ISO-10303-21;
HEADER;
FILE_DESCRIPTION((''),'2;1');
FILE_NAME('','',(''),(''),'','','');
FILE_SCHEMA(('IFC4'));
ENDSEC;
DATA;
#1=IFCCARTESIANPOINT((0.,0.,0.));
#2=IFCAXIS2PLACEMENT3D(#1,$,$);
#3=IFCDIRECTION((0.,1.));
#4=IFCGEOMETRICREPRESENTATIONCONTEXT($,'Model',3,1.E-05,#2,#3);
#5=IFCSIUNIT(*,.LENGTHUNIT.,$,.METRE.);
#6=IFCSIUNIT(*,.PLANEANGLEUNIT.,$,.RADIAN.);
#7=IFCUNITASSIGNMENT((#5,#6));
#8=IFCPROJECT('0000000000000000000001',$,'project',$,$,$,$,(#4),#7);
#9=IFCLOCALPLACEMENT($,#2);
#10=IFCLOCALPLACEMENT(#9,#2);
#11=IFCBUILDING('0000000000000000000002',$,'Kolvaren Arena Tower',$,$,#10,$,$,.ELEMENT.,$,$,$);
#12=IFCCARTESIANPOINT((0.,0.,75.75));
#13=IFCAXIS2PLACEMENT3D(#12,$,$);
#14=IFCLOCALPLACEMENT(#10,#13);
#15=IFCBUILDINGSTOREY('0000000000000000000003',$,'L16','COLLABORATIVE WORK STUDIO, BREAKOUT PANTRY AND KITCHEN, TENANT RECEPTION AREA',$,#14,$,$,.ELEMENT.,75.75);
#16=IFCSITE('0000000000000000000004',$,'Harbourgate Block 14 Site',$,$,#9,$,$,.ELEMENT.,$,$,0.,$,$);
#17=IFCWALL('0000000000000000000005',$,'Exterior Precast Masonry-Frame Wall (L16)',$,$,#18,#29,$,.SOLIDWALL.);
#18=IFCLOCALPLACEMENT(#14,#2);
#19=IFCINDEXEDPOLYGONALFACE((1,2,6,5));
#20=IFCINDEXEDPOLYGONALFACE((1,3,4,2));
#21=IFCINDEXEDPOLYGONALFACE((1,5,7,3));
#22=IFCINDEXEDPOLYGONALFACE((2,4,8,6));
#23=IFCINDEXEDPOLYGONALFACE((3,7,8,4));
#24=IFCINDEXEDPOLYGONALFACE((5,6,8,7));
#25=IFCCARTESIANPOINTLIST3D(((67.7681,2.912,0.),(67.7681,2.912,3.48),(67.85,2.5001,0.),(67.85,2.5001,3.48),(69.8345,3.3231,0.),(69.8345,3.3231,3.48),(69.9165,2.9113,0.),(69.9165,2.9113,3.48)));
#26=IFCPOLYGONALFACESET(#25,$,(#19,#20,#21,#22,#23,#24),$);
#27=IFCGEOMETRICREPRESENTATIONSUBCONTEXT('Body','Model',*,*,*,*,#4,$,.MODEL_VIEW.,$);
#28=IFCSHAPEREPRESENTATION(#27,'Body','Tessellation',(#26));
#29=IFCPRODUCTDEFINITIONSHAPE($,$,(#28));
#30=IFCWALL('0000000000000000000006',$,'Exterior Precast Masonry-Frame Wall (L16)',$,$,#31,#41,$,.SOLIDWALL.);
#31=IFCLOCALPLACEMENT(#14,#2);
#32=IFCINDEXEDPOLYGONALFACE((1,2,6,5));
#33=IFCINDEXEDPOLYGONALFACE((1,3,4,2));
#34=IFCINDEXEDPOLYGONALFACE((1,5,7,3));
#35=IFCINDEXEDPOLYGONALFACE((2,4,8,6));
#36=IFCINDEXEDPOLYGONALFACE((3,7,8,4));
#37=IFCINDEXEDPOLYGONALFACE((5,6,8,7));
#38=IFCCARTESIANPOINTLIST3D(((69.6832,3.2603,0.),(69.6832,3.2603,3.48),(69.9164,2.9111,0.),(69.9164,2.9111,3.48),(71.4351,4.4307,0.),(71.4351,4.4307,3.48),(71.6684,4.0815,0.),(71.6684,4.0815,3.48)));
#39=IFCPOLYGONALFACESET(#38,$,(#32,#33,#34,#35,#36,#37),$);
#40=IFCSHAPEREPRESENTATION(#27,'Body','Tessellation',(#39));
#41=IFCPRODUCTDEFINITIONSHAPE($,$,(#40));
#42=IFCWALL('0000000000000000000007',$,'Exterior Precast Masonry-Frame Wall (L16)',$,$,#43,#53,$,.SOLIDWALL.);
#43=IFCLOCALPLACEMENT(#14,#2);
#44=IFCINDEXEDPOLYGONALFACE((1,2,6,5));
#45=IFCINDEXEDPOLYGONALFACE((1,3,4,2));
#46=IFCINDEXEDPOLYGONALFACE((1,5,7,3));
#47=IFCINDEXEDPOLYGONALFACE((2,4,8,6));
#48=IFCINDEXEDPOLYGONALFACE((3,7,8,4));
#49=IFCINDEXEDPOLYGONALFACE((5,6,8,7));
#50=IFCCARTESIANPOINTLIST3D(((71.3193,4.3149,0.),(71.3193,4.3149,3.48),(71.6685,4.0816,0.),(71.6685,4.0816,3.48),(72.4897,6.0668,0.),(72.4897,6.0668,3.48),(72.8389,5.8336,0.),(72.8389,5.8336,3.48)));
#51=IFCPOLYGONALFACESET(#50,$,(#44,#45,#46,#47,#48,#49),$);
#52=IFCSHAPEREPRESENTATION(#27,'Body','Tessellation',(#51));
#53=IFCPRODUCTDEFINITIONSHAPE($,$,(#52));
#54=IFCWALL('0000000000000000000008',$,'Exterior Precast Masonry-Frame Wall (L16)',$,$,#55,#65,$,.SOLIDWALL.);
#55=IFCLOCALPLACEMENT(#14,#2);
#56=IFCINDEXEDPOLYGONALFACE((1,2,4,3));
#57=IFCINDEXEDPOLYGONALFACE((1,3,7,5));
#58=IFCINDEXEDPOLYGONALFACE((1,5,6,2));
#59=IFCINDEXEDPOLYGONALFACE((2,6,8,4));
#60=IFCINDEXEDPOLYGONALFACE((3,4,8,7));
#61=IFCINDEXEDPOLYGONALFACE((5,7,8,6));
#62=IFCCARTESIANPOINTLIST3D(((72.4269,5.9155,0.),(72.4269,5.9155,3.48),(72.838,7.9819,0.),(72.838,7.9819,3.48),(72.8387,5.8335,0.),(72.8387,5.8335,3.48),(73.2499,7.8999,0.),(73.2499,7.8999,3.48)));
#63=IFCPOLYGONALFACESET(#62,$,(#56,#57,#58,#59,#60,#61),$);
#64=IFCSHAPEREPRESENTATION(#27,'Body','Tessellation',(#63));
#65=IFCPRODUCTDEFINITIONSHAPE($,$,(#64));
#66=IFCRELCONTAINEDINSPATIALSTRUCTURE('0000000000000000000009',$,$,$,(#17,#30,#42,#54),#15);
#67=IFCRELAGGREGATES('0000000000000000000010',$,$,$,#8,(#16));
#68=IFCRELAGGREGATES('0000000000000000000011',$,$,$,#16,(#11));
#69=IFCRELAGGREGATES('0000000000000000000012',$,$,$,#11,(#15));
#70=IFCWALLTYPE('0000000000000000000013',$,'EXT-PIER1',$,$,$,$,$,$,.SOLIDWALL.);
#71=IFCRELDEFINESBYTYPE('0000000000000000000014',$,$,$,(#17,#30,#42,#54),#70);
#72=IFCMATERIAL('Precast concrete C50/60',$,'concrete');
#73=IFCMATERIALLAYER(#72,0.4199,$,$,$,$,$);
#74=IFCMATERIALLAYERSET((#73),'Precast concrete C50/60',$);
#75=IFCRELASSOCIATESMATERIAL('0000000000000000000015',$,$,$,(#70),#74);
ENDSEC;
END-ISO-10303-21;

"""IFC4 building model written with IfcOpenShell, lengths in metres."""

from ifc_helpers import new_model, si_unit, direction, frame, frame_2d, origin, place, context, subcontext, project, spatial, rectangle, extrude, material, layer, layer_set, type_object, element, save


model = new_model("IFC4")

# Units and contexts
model_context = context("Model", 3, precision=1e-05, world=origin(), true_north=direction((0.0, 1.0)))
body_context = subcontext(model_context, "Body", "Model", "MODEL_VIEW")
ifc_project = project(units=[si_unit("LENGTHUNIT", "METRE"), si_unit("PLANEANGLEUNIT", "RADIAN")], contexts=[model_context])

# Site, building, storey
site_placement = place(None, origin())
site = spatial("IfcSite", under=ifc_project, at=site_placement, Name="Harbourgate Block 14 Site", CompositionType="ELEMENT", RefElevation=0.0)
building_placement = place(site_placement, origin())
building = spatial("IfcBuilding", under=site, at=building_placement, Name="Kolvaren Arena Tower", CompositionType="ELEMENT")
storey_placement = place(building_placement, frame((0.0, 0.0, 75.75)))
storey = spatial("IfcBuildingStorey", under=building, at=storey_placement, Name="L16", Description="COLLABORATIVE WORK STUDIO, BREAKOUT PANTRY AND KITCHEN, TENANT RECEPTION AREA", CompositionType="ELEMENT", Elevation=75.75)

# Walls
ifc_material_1 = material(Name="Precast concrete C50/60", Category="concrete")
ifc_layer_1 = layer(ifc_material_1, 0.4199)
ifc_layer_set_1 = layer_set([ifc_layer_1], Name="Precast concrete C50/60")
wall_type_1 = type_object("IfcWallType", Name="EXT-PIER1", PredefinedType="SOLIDWALL", material=ifc_layer_set_1)
for number, where, z_axis, x_axis, name in (
    (1, (69.8755, 3.1172, 0.0), (0.0, 0.0, 1.0), (-0.980776, -0.195136, 0.0), "Exterior Precast Masonry-Frame Wall (L16)"),
    (2, (71.5518, 4.2561, 0.0), (0.0, 0.0, 1.0), (-0.831515, -0.555502, 0.0), "Exterior Precast Masonry-Frame Wall (L16)"),
    (3, (72.6643, 5.9502, 0.0), (0.0, 0.0, 1.0), (-0.555502, -0.831515, 0.0), "Exterior Precast Masonry-Frame Wall (L16)"),
    (4, (73.0439, 7.9409, 0.0), (0.0, 0.0, 1.0), (-0.195136, -0.980776, 0.0), "Exterior Precast Masonry-Frame Wall (L16)"),
):
    element("IfcWall", number, at=place(storey_placement, frame(where, z_axis=z_axis, x_axis=x_axis)), inside=storey, type_object=wall_type_1, Name=name, PredefinedType="SOLIDWALL", context=body_context, shape_type="SweptSolid", body=[
        extrude(rectangle(XDim=2.1069, YDim=0.4199, at=frame_2d((1.0535, 0.0))), origin(), (0.0, 0.0, 1.0), 3.48),
    ])

save(model, "model.ifc")
